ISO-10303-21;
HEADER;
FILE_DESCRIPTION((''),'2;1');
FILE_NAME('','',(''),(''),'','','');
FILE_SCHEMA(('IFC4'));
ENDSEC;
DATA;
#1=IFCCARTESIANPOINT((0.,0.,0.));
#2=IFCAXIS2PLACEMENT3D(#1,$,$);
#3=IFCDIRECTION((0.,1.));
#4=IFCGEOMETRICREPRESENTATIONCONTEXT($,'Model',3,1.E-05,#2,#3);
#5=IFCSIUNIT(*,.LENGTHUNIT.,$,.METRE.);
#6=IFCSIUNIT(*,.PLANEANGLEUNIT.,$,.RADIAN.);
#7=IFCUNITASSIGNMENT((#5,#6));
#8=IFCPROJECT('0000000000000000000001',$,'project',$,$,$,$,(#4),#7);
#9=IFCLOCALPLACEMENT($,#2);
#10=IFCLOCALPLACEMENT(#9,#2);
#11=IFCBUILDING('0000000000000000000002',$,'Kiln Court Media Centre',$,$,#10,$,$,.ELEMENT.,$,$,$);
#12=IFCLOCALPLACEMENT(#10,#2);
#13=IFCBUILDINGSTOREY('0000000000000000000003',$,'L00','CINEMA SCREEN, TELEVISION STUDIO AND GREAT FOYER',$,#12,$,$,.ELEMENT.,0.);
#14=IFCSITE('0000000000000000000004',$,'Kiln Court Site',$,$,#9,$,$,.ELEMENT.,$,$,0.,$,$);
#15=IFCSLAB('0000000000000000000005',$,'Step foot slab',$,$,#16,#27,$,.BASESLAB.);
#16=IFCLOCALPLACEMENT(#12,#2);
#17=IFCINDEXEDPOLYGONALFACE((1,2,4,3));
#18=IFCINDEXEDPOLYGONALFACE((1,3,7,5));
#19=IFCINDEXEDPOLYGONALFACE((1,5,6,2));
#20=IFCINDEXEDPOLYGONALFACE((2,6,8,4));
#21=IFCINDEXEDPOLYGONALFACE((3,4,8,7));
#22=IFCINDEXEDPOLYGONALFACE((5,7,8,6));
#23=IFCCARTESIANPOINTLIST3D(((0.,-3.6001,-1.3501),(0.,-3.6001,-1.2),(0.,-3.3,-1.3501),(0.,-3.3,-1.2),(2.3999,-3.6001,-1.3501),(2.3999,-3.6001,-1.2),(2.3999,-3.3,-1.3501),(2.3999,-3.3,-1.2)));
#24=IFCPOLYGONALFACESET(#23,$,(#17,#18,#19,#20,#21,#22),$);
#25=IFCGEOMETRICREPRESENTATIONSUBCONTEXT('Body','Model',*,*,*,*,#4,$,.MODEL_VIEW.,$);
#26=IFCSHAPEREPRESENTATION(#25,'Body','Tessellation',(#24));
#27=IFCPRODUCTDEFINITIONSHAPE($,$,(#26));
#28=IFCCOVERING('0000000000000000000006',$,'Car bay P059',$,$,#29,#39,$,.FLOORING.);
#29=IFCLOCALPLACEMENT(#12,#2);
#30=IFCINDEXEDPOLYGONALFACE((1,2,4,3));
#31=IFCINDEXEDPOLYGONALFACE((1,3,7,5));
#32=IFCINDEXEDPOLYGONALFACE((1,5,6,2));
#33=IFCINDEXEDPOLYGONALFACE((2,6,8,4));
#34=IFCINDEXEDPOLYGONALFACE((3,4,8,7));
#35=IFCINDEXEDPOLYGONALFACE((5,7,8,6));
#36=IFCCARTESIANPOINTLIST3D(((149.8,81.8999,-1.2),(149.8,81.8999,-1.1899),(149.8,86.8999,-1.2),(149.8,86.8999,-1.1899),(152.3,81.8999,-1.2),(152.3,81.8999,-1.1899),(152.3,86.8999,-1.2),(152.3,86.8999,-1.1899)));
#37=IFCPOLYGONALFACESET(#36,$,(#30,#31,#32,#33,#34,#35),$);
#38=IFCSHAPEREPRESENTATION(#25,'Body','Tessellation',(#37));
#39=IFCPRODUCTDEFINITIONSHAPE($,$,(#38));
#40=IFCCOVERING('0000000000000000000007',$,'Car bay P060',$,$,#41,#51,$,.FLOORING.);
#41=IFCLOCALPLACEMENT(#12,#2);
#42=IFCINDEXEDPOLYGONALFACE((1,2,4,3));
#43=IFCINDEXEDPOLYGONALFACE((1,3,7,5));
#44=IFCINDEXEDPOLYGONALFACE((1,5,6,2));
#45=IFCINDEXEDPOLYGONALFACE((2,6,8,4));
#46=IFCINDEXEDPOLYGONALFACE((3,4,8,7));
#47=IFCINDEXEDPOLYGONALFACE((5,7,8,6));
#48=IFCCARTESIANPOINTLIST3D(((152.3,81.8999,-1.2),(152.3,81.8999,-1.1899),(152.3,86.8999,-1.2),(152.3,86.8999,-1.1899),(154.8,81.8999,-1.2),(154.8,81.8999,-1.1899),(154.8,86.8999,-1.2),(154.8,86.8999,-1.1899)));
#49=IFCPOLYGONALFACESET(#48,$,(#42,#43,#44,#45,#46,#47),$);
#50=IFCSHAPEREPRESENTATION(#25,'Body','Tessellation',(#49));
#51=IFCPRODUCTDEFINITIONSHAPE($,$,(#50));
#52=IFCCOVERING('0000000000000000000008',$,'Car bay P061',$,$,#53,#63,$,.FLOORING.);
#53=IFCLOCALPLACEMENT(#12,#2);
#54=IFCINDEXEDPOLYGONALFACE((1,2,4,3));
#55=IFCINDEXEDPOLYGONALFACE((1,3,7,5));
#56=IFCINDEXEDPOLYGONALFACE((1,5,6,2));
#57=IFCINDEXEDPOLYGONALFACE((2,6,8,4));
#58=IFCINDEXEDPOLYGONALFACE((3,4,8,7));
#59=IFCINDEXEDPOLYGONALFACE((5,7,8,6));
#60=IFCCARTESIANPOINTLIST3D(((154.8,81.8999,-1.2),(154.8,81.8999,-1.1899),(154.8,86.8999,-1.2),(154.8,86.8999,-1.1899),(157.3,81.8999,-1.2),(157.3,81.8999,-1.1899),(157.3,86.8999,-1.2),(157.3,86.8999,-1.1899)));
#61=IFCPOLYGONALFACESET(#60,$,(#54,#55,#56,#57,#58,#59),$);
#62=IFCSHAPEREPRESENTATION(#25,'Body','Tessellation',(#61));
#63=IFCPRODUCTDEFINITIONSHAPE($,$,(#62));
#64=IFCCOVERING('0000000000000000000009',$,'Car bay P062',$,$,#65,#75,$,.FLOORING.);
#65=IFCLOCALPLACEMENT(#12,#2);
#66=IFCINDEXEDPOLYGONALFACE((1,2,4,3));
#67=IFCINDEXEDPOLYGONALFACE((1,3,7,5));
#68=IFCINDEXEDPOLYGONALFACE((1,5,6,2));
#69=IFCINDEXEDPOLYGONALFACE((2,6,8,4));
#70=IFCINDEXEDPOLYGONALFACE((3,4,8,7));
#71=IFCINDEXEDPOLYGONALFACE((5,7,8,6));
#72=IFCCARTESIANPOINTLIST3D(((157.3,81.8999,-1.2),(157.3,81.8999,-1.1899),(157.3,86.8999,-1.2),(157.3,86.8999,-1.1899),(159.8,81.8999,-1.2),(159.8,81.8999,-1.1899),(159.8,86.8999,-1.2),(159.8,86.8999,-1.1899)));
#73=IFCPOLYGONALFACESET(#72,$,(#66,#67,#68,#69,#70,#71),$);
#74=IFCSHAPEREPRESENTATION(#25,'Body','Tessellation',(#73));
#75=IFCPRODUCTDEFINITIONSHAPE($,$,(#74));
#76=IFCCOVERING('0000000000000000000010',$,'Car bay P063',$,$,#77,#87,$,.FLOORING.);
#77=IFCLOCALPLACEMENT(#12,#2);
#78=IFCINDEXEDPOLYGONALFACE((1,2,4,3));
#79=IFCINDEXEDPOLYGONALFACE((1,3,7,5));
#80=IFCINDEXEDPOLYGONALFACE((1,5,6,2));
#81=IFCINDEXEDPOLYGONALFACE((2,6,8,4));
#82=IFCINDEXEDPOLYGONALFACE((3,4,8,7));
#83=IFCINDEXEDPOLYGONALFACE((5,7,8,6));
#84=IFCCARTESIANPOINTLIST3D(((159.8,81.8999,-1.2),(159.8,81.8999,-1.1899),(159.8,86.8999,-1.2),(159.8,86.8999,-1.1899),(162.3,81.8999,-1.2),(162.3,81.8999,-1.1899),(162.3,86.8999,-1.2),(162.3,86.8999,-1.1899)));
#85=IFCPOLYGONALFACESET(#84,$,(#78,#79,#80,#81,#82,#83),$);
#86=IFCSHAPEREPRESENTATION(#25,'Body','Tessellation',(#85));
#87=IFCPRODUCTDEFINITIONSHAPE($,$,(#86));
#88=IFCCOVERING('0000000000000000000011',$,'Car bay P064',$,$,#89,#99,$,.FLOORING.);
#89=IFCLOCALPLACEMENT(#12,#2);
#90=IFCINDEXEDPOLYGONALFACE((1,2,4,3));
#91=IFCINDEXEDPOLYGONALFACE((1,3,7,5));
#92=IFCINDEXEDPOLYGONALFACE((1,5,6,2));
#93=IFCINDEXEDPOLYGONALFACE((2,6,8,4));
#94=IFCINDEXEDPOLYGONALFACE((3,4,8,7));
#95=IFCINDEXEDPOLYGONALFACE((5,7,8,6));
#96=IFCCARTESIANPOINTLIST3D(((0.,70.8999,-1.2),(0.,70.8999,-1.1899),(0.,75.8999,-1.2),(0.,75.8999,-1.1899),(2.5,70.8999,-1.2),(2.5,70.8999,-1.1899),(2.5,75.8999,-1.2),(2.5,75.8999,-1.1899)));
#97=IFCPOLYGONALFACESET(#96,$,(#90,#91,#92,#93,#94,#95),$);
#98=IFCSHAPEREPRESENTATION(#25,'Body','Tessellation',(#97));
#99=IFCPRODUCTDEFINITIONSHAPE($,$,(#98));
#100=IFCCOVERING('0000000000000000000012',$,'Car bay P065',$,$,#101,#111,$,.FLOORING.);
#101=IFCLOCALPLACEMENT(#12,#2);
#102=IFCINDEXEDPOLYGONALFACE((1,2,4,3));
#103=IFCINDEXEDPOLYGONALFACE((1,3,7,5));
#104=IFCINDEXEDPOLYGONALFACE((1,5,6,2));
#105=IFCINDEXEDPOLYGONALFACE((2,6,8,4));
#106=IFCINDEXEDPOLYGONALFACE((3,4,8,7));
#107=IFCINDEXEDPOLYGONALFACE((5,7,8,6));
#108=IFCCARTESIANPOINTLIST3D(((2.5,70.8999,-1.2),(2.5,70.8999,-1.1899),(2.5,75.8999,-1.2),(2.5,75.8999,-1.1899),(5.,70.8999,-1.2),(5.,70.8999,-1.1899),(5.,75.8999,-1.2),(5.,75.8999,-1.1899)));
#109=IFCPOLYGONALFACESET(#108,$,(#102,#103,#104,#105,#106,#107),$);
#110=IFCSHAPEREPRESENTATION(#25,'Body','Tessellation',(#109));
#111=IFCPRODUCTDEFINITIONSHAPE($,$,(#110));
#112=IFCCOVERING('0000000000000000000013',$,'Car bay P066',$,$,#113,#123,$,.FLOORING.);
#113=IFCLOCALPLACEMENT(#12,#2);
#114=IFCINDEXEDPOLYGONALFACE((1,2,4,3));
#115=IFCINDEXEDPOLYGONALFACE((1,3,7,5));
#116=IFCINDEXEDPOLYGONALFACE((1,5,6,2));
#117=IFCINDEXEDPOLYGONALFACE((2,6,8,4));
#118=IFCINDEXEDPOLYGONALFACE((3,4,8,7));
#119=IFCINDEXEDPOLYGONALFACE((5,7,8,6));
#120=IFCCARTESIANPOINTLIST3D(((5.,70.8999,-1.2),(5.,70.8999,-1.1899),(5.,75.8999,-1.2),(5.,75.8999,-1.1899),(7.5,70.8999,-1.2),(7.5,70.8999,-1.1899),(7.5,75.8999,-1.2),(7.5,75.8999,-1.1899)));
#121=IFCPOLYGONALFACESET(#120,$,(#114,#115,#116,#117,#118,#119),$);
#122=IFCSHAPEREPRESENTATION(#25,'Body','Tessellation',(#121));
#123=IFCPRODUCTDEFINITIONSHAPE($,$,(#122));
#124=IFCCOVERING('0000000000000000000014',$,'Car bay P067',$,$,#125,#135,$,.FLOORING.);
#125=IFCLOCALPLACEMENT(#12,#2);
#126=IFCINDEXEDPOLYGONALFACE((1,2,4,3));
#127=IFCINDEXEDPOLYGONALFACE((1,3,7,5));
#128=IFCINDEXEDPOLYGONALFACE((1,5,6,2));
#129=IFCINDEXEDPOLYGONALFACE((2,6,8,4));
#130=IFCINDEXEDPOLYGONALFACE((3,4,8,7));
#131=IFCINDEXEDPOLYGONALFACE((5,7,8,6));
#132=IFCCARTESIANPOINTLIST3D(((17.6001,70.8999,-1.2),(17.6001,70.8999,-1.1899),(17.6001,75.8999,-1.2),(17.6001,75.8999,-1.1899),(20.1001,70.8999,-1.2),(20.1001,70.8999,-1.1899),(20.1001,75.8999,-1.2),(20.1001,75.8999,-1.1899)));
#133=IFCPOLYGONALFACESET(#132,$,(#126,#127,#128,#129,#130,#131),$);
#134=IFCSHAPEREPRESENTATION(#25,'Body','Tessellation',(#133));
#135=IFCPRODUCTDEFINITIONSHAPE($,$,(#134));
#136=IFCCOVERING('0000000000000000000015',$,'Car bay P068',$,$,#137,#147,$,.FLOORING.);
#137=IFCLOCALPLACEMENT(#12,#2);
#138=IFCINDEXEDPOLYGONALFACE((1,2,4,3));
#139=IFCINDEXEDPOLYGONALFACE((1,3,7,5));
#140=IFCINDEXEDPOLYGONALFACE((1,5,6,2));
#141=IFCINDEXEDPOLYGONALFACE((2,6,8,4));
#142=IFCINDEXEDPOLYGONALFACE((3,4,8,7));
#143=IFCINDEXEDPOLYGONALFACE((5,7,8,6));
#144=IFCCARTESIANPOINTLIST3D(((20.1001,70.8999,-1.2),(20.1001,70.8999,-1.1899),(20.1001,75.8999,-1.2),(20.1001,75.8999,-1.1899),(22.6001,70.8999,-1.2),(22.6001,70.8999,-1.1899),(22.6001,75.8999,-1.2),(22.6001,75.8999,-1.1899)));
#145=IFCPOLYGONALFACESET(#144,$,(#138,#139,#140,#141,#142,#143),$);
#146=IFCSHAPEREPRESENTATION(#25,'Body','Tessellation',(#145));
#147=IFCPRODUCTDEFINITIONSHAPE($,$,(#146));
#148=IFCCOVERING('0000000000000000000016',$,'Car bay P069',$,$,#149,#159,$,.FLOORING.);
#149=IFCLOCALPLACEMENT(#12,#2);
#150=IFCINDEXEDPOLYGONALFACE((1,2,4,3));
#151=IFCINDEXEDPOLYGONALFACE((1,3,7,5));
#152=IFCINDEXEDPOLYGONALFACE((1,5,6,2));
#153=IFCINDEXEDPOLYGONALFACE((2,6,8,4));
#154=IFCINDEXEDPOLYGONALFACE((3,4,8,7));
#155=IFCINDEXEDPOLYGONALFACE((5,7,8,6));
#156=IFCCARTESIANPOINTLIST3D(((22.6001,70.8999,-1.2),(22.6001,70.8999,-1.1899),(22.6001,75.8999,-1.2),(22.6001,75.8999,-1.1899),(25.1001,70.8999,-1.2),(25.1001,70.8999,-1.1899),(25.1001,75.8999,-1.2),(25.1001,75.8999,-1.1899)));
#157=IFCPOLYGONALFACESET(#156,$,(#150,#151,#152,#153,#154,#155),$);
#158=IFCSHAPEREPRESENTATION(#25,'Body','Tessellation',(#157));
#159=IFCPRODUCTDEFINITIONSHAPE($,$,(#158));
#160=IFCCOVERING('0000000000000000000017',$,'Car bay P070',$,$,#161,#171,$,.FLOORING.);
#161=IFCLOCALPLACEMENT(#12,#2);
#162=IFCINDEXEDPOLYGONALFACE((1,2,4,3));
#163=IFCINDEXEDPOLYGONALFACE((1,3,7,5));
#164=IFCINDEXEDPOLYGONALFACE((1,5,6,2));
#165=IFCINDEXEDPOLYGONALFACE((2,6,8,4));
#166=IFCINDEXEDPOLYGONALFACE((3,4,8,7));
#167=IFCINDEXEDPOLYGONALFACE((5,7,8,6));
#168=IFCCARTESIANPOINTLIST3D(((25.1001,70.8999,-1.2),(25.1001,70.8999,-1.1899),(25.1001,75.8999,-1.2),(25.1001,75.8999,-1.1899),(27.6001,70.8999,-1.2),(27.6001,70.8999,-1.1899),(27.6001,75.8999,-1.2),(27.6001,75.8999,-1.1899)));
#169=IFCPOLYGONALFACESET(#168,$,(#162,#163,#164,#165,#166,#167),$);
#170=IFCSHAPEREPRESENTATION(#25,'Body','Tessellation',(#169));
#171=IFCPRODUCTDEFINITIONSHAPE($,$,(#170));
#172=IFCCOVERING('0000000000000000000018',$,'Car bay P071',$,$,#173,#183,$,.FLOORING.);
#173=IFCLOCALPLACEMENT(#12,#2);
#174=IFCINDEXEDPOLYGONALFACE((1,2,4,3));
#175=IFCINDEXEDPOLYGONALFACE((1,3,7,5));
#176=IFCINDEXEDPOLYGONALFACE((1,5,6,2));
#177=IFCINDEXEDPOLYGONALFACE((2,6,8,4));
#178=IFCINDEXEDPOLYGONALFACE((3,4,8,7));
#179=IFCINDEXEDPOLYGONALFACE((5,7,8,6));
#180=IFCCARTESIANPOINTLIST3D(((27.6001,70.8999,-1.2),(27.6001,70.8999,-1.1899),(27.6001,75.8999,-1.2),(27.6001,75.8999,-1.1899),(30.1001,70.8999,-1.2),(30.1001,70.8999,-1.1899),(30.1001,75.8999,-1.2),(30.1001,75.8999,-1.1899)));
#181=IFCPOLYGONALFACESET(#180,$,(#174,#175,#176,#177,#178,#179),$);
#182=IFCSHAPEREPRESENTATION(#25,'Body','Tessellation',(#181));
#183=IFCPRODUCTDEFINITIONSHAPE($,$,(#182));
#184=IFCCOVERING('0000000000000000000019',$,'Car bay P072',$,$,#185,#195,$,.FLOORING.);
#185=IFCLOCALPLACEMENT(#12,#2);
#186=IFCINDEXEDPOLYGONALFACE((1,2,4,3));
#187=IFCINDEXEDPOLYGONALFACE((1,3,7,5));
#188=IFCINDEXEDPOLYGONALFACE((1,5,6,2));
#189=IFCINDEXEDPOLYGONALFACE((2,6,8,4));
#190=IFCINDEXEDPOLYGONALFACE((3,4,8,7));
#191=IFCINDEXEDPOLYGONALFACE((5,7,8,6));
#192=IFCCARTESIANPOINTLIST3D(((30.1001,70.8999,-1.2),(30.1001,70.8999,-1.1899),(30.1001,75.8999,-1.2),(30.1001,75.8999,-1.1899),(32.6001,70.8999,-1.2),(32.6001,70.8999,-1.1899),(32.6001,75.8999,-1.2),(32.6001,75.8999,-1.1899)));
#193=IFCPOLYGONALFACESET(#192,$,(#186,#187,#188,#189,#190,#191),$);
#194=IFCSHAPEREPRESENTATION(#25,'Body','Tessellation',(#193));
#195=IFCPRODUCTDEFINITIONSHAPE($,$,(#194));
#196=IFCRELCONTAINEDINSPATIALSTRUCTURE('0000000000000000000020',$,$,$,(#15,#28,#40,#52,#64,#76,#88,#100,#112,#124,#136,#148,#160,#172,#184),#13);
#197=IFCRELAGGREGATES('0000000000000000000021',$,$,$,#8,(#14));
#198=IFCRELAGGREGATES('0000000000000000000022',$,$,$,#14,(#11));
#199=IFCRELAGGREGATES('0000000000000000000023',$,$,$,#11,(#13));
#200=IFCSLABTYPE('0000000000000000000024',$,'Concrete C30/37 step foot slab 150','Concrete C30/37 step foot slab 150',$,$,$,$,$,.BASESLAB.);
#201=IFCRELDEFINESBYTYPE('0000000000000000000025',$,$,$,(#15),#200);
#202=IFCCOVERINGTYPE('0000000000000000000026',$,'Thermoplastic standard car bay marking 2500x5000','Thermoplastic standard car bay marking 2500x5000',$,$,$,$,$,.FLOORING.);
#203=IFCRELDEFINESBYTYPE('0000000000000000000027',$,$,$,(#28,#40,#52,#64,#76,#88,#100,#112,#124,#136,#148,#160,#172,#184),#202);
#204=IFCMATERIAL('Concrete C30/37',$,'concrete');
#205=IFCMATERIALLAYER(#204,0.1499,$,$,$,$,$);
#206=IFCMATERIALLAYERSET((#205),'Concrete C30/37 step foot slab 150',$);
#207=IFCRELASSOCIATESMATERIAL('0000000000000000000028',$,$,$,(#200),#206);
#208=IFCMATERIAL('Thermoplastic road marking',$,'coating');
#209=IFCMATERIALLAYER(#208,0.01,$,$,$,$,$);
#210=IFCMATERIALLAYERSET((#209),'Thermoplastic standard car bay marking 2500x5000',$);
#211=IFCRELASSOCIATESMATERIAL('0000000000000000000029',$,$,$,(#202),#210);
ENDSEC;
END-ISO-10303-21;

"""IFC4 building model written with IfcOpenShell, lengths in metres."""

from ifc_helpers import new_model, si_unit, direction, frame, origin, place, context, subcontext, project, spatial, polyline, outline, extrude, material, layer, layer_set, type_object, element, save


model = new_model("IFC4")

# Units and contexts
model_context = context("Model", 3, precision=1e-05, world=origin(), true_north=direction((0.0, 1.0)))
body_context = subcontext(model_context, "Body", "Model", "MODEL_VIEW")
ifc_project = project(units=[si_unit("LENGTHUNIT", "METRE"), si_unit("PLANEANGLEUNIT", "RADIAN")], contexts=[model_context])

# Site, building, storey
site_placement = place(None, origin())
site = spatial("IfcSite", under=ifc_project, at=site_placement, Name="Kiln Court Site", CompositionType="ELEMENT", RefElevation=0.0)
building_placement = place(site_placement, origin())
building = spatial("IfcBuilding", under=site, at=building_placement, Name="Kiln Court Media Centre", CompositionType="ELEMENT")
storey_placement = place(building_placement, origin())
storey = spatial("IfcBuildingStorey", under=building, at=storey_placement, Name="L00", Description="CINEMA SCREEN, TELEVISION STUDIO AND GREAT FOYER", CompositionType="ELEMENT", Elevation=0.0)

# Slab
ifc_material_1 = material(Name="Concrete C30/37", Category="concrete")
ifc_layer_1 = layer(ifc_material_1, 0.1499)
ifc_layer_set_1 = layer_set([ifc_layer_1], Name="Concrete C30/37 step foot slab 150")
slab_type = type_object("IfcSlabType", Name="Concrete C30/37 step foot slab 150", Description="Concrete C30/37 step foot slab 150", PredefinedType="BASESLAB", material=ifc_layer_set_1)
slab_placement = place(storey_placement, frame((0.0, 0.0, -1.3501)))
element("IfcSlab", 1, at=slab_placement, inside=storey, type_object=slab_type, Name="Step foot slab", PredefinedType="BASESLAB", context=body_context, shape_type="SweptSolid", body=[
    extrude(outline(polyline([(0.0, -3.6001), (2.3999, -3.6001), (2.3999, -3.3), (0.0, -3.3), (0.0, -3.6001)])), origin(), (0.0, 0.0, 1.0), 0.1501),
])

# Coverings
ifc_material_2 = material(Name="Thermoplastic road marking", Category="coating")
ifc_layer_2 = layer(ifc_material_2, 0.01)
ifc_layer_set_2 = layer_set([ifc_layer_2], Name="Thermoplastic standard car bay marking 2500x5000")
covering_type = type_object("IfcCoveringType", Name="Thermoplastic standard car bay marking 2500x5000", Description="Thermoplastic standard car bay marking 2500x5000", PredefinedType="FLOORING", material=ifc_layer_set_2)
covering_1_placement = place(storey_placement, frame((0.0, 0.0, -1.2)))
element("IfcCovering", 2, at=covering_1_placement, inside=storey, type_object=covering_type, Name="Car bay P059", PredefinedType="FLOORING", context=body_context, shape_type="SweptSolid", body=[
    extrude(outline(polyline([(149.8, 81.8999), (152.3, 81.8999), (152.3, 86.8999), (149.8, 86.8999), (149.8, 81.8999)])), origin(), (0.0, 0.0, 1.0), 0.01),
])
covering_2_placement = place(storey_placement, frame((0.0, 0.0, -1.2)))
element("IfcCovering", 3, at=covering_2_placement, inside=storey, type_object=covering_type, Name="Car bay P060", PredefinedType="FLOORING", context=body_context, shape_type="SweptSolid", body=[
    extrude(outline(polyline([(152.3, 81.8999), (154.8, 81.8999), (154.8, 86.8999), (152.3, 86.8999), (152.3, 81.8999)])), origin(), (0.0, 0.0, 1.0), 0.01),
])
covering_3_placement = place(storey_placement, frame((0.0, 0.0, -1.2)))
element("IfcCovering", 4, at=covering_3_placement, inside=storey, type_object=covering_type, Name="Car bay P061", PredefinedType="FLOORING", context=body_context, shape_type="SweptSolid", body=[
    extrude(outline(polyline([(154.8, 81.8999), (157.3, 81.8999), (157.3, 86.8999), (154.8, 86.8999), (154.8, 81.8999)])), origin(), (0.0, 0.0, 1.0), 0.01),
])
covering_4_placement = place(storey_placement, frame((0.0, 0.0, -1.2)))
element("IfcCovering", 5, at=covering_4_placement, inside=storey, type_object=covering_type, Name="Car bay P062", PredefinedType="FLOORING", context=body_context, shape_type="SweptSolid", body=[
    extrude(outline(polyline([(157.3, 81.8999), (159.8, 81.8999), (159.8, 86.8999), (157.3, 86.8999), (157.3, 81.8999)])), origin(), (0.0, 0.0, 1.0), 0.01),
])
covering_5_placement = place(storey_placement, frame((0.0, 0.0, -1.2)))
element("IfcCovering", 6, at=covering_5_placement, inside=storey, type_object=covering_type, Name="Car bay P063", PredefinedType="FLOORING", context=body_context, shape_type="SweptSolid", body=[
    extrude(outline(polyline([(159.8, 81.8999), (162.3, 81.8999), (162.3, 86.8999), (159.8, 86.8999), (159.8, 81.8999)])), origin(), (0.0, 0.0, 1.0), 0.01),
])
covering_6_placement = place(storey_placement, frame((0.0, 0.0, -1.2)))
element("IfcCovering", 7, at=covering_6_placement, inside=storey, type_object=covering_type, Name="Car bay P064", PredefinedType="FLOORING", context=body_context, shape_type="SweptSolid", body=[
    extrude(outline(polyline([(0.0, 70.8999), (2.5, 70.8999), (2.5, 75.8999), (0.0, 75.8999), (0.0, 70.8999)])), origin(), (0.0, 0.0, 1.0), 0.01),
])
covering_7_placement = place(storey_placement, frame((0.0, 0.0, -1.2)))
element("IfcCovering", 8, at=covering_7_placement, inside=storey, type_object=covering_type, Name="Car bay P065", PredefinedType="FLOORING", context=body_context, shape_type="SweptSolid", body=[
    extrude(outline(polyline([(2.5, 70.8999), (5.0, 70.8999), (5.0, 75.8999), (2.5, 75.8999), (2.5, 70.8999)])), origin(), (0.0, 0.0, 1.0), 0.01),
])
covering_8_placement = place(storey_placement, frame((0.0, 0.0, -1.2)))
element("IfcCovering", 9, at=covering_8_placement, inside=storey, type_object=covering_type, Name="Car bay P066", PredefinedType="FLOORING", context=body_context, shape_type="SweptSolid", body=[
    extrude(outline(polyline([(5.0, 70.8999), (7.5, 70.8999), (7.5, 75.8999), (5.0, 75.8999), (5.0, 70.8999)])), origin(), (0.0, 0.0, 1.0), 0.01),
])
covering_9_placement = place(storey_placement, frame((0.0, 0.0, -1.2)))
element("IfcCovering", 10, at=covering_9_placement, inside=storey, type_object=covering_type, Name="Car bay P067", PredefinedType="FLOORING", context=body_context, shape_type="SweptSolid", body=[
    extrude(outline(polyline([(17.6001, 70.8999), (20.1001, 70.8999), (20.1001, 75.8999), (17.6001, 75.8999), (17.6001, 70.8999)])), origin(), (0.0, 0.0, 1.0), 0.01),
])
covering_10_placement = place(storey_placement, frame((0.0, 0.0, -1.2)))
element("IfcCovering", 11, at=covering_10_placement, inside=storey, type_object=covering_type, Name="Car bay P068", PredefinedType="FLOORING", context=body_context, shape_type="SweptSolid", body=[
    extrude(outline(polyline([(20.1001, 70.8999), (22.6001, 70.8999), (22.6001, 75.8999), (20.1001, 75.8999), (20.1001, 70.8999)])), origin(), (0.0, 0.0, 1.0), 0.01),
])
covering_11_placement = place(storey_placement, frame((0.0, 0.0, -1.2)))
element("IfcCovering", 12, at=covering_11_placement, inside=storey, type_object=covering_type, Name="Car bay P069", PredefinedType="FLOORING", context=body_context, shape_type="SweptSolid", body=[
    extrude(outline(polyline([(22.6001, 70.8999), (25.1001, 70.8999), (25.1001, 75.8999), (22.6001, 75.8999), (22.6001, 70.8999)])), origin(), (0.0, 0.0, 1.0), 0.01),
])
covering_12_placement = place(storey_placement, frame((0.0, 0.0, -1.2)))
element("IfcCovering", 13, at=covering_12_placement, inside=storey, type_object=covering_type, Name="Car bay P070", PredefinedType="FLOORING", context=body_context, shape_type="SweptSolid", body=[
    extrude(outline(polyline([(25.1001, 70.8999), (27.6001, 70.8999), (27.6001, 75.8999), (25.1001, 75.8999), (25.1001, 70.8999)])), origin(), (0.0, 0.0, 1.0), 0.01),
])
covering_13_placement = place(storey_placement, frame((0.0, 0.0, -1.2)))
element("IfcCovering", 14, at=covering_13_placement, inside=storey, type_object=covering_type, Name="Car bay P071", PredefinedType="FLOORING", context=body_context, shape_type="SweptSolid", body=[
    extrude(outline(polyline([(27.6001, 70.8999), (30.1001, 70.8999), (30.1001, 75.8999), (27.6001, 75.8999), (27.6001, 70.8999)])), origin(), (0.0, 0.0, 1.0), 0.01),
])
covering_14_placement = place(storey_placement, frame((0.0, 0.0, -1.2)))
element("IfcCovering", 15, at=covering_14_placement, inside=storey, type_object=covering_type, Name="Car bay P072", PredefinedType="FLOORING", context=body_context, shape_type="SweptSolid", body=[
    extrude(outline(polyline([(30.1001, 70.8999), (32.6001, 70.8999), (32.6001, 75.8999), (30.1001, 75.8999), (30.1001, 70.8999)])), origin(), (0.0, 0.0, 1.0), 0.01),
])

save(model, "model.ifc")
